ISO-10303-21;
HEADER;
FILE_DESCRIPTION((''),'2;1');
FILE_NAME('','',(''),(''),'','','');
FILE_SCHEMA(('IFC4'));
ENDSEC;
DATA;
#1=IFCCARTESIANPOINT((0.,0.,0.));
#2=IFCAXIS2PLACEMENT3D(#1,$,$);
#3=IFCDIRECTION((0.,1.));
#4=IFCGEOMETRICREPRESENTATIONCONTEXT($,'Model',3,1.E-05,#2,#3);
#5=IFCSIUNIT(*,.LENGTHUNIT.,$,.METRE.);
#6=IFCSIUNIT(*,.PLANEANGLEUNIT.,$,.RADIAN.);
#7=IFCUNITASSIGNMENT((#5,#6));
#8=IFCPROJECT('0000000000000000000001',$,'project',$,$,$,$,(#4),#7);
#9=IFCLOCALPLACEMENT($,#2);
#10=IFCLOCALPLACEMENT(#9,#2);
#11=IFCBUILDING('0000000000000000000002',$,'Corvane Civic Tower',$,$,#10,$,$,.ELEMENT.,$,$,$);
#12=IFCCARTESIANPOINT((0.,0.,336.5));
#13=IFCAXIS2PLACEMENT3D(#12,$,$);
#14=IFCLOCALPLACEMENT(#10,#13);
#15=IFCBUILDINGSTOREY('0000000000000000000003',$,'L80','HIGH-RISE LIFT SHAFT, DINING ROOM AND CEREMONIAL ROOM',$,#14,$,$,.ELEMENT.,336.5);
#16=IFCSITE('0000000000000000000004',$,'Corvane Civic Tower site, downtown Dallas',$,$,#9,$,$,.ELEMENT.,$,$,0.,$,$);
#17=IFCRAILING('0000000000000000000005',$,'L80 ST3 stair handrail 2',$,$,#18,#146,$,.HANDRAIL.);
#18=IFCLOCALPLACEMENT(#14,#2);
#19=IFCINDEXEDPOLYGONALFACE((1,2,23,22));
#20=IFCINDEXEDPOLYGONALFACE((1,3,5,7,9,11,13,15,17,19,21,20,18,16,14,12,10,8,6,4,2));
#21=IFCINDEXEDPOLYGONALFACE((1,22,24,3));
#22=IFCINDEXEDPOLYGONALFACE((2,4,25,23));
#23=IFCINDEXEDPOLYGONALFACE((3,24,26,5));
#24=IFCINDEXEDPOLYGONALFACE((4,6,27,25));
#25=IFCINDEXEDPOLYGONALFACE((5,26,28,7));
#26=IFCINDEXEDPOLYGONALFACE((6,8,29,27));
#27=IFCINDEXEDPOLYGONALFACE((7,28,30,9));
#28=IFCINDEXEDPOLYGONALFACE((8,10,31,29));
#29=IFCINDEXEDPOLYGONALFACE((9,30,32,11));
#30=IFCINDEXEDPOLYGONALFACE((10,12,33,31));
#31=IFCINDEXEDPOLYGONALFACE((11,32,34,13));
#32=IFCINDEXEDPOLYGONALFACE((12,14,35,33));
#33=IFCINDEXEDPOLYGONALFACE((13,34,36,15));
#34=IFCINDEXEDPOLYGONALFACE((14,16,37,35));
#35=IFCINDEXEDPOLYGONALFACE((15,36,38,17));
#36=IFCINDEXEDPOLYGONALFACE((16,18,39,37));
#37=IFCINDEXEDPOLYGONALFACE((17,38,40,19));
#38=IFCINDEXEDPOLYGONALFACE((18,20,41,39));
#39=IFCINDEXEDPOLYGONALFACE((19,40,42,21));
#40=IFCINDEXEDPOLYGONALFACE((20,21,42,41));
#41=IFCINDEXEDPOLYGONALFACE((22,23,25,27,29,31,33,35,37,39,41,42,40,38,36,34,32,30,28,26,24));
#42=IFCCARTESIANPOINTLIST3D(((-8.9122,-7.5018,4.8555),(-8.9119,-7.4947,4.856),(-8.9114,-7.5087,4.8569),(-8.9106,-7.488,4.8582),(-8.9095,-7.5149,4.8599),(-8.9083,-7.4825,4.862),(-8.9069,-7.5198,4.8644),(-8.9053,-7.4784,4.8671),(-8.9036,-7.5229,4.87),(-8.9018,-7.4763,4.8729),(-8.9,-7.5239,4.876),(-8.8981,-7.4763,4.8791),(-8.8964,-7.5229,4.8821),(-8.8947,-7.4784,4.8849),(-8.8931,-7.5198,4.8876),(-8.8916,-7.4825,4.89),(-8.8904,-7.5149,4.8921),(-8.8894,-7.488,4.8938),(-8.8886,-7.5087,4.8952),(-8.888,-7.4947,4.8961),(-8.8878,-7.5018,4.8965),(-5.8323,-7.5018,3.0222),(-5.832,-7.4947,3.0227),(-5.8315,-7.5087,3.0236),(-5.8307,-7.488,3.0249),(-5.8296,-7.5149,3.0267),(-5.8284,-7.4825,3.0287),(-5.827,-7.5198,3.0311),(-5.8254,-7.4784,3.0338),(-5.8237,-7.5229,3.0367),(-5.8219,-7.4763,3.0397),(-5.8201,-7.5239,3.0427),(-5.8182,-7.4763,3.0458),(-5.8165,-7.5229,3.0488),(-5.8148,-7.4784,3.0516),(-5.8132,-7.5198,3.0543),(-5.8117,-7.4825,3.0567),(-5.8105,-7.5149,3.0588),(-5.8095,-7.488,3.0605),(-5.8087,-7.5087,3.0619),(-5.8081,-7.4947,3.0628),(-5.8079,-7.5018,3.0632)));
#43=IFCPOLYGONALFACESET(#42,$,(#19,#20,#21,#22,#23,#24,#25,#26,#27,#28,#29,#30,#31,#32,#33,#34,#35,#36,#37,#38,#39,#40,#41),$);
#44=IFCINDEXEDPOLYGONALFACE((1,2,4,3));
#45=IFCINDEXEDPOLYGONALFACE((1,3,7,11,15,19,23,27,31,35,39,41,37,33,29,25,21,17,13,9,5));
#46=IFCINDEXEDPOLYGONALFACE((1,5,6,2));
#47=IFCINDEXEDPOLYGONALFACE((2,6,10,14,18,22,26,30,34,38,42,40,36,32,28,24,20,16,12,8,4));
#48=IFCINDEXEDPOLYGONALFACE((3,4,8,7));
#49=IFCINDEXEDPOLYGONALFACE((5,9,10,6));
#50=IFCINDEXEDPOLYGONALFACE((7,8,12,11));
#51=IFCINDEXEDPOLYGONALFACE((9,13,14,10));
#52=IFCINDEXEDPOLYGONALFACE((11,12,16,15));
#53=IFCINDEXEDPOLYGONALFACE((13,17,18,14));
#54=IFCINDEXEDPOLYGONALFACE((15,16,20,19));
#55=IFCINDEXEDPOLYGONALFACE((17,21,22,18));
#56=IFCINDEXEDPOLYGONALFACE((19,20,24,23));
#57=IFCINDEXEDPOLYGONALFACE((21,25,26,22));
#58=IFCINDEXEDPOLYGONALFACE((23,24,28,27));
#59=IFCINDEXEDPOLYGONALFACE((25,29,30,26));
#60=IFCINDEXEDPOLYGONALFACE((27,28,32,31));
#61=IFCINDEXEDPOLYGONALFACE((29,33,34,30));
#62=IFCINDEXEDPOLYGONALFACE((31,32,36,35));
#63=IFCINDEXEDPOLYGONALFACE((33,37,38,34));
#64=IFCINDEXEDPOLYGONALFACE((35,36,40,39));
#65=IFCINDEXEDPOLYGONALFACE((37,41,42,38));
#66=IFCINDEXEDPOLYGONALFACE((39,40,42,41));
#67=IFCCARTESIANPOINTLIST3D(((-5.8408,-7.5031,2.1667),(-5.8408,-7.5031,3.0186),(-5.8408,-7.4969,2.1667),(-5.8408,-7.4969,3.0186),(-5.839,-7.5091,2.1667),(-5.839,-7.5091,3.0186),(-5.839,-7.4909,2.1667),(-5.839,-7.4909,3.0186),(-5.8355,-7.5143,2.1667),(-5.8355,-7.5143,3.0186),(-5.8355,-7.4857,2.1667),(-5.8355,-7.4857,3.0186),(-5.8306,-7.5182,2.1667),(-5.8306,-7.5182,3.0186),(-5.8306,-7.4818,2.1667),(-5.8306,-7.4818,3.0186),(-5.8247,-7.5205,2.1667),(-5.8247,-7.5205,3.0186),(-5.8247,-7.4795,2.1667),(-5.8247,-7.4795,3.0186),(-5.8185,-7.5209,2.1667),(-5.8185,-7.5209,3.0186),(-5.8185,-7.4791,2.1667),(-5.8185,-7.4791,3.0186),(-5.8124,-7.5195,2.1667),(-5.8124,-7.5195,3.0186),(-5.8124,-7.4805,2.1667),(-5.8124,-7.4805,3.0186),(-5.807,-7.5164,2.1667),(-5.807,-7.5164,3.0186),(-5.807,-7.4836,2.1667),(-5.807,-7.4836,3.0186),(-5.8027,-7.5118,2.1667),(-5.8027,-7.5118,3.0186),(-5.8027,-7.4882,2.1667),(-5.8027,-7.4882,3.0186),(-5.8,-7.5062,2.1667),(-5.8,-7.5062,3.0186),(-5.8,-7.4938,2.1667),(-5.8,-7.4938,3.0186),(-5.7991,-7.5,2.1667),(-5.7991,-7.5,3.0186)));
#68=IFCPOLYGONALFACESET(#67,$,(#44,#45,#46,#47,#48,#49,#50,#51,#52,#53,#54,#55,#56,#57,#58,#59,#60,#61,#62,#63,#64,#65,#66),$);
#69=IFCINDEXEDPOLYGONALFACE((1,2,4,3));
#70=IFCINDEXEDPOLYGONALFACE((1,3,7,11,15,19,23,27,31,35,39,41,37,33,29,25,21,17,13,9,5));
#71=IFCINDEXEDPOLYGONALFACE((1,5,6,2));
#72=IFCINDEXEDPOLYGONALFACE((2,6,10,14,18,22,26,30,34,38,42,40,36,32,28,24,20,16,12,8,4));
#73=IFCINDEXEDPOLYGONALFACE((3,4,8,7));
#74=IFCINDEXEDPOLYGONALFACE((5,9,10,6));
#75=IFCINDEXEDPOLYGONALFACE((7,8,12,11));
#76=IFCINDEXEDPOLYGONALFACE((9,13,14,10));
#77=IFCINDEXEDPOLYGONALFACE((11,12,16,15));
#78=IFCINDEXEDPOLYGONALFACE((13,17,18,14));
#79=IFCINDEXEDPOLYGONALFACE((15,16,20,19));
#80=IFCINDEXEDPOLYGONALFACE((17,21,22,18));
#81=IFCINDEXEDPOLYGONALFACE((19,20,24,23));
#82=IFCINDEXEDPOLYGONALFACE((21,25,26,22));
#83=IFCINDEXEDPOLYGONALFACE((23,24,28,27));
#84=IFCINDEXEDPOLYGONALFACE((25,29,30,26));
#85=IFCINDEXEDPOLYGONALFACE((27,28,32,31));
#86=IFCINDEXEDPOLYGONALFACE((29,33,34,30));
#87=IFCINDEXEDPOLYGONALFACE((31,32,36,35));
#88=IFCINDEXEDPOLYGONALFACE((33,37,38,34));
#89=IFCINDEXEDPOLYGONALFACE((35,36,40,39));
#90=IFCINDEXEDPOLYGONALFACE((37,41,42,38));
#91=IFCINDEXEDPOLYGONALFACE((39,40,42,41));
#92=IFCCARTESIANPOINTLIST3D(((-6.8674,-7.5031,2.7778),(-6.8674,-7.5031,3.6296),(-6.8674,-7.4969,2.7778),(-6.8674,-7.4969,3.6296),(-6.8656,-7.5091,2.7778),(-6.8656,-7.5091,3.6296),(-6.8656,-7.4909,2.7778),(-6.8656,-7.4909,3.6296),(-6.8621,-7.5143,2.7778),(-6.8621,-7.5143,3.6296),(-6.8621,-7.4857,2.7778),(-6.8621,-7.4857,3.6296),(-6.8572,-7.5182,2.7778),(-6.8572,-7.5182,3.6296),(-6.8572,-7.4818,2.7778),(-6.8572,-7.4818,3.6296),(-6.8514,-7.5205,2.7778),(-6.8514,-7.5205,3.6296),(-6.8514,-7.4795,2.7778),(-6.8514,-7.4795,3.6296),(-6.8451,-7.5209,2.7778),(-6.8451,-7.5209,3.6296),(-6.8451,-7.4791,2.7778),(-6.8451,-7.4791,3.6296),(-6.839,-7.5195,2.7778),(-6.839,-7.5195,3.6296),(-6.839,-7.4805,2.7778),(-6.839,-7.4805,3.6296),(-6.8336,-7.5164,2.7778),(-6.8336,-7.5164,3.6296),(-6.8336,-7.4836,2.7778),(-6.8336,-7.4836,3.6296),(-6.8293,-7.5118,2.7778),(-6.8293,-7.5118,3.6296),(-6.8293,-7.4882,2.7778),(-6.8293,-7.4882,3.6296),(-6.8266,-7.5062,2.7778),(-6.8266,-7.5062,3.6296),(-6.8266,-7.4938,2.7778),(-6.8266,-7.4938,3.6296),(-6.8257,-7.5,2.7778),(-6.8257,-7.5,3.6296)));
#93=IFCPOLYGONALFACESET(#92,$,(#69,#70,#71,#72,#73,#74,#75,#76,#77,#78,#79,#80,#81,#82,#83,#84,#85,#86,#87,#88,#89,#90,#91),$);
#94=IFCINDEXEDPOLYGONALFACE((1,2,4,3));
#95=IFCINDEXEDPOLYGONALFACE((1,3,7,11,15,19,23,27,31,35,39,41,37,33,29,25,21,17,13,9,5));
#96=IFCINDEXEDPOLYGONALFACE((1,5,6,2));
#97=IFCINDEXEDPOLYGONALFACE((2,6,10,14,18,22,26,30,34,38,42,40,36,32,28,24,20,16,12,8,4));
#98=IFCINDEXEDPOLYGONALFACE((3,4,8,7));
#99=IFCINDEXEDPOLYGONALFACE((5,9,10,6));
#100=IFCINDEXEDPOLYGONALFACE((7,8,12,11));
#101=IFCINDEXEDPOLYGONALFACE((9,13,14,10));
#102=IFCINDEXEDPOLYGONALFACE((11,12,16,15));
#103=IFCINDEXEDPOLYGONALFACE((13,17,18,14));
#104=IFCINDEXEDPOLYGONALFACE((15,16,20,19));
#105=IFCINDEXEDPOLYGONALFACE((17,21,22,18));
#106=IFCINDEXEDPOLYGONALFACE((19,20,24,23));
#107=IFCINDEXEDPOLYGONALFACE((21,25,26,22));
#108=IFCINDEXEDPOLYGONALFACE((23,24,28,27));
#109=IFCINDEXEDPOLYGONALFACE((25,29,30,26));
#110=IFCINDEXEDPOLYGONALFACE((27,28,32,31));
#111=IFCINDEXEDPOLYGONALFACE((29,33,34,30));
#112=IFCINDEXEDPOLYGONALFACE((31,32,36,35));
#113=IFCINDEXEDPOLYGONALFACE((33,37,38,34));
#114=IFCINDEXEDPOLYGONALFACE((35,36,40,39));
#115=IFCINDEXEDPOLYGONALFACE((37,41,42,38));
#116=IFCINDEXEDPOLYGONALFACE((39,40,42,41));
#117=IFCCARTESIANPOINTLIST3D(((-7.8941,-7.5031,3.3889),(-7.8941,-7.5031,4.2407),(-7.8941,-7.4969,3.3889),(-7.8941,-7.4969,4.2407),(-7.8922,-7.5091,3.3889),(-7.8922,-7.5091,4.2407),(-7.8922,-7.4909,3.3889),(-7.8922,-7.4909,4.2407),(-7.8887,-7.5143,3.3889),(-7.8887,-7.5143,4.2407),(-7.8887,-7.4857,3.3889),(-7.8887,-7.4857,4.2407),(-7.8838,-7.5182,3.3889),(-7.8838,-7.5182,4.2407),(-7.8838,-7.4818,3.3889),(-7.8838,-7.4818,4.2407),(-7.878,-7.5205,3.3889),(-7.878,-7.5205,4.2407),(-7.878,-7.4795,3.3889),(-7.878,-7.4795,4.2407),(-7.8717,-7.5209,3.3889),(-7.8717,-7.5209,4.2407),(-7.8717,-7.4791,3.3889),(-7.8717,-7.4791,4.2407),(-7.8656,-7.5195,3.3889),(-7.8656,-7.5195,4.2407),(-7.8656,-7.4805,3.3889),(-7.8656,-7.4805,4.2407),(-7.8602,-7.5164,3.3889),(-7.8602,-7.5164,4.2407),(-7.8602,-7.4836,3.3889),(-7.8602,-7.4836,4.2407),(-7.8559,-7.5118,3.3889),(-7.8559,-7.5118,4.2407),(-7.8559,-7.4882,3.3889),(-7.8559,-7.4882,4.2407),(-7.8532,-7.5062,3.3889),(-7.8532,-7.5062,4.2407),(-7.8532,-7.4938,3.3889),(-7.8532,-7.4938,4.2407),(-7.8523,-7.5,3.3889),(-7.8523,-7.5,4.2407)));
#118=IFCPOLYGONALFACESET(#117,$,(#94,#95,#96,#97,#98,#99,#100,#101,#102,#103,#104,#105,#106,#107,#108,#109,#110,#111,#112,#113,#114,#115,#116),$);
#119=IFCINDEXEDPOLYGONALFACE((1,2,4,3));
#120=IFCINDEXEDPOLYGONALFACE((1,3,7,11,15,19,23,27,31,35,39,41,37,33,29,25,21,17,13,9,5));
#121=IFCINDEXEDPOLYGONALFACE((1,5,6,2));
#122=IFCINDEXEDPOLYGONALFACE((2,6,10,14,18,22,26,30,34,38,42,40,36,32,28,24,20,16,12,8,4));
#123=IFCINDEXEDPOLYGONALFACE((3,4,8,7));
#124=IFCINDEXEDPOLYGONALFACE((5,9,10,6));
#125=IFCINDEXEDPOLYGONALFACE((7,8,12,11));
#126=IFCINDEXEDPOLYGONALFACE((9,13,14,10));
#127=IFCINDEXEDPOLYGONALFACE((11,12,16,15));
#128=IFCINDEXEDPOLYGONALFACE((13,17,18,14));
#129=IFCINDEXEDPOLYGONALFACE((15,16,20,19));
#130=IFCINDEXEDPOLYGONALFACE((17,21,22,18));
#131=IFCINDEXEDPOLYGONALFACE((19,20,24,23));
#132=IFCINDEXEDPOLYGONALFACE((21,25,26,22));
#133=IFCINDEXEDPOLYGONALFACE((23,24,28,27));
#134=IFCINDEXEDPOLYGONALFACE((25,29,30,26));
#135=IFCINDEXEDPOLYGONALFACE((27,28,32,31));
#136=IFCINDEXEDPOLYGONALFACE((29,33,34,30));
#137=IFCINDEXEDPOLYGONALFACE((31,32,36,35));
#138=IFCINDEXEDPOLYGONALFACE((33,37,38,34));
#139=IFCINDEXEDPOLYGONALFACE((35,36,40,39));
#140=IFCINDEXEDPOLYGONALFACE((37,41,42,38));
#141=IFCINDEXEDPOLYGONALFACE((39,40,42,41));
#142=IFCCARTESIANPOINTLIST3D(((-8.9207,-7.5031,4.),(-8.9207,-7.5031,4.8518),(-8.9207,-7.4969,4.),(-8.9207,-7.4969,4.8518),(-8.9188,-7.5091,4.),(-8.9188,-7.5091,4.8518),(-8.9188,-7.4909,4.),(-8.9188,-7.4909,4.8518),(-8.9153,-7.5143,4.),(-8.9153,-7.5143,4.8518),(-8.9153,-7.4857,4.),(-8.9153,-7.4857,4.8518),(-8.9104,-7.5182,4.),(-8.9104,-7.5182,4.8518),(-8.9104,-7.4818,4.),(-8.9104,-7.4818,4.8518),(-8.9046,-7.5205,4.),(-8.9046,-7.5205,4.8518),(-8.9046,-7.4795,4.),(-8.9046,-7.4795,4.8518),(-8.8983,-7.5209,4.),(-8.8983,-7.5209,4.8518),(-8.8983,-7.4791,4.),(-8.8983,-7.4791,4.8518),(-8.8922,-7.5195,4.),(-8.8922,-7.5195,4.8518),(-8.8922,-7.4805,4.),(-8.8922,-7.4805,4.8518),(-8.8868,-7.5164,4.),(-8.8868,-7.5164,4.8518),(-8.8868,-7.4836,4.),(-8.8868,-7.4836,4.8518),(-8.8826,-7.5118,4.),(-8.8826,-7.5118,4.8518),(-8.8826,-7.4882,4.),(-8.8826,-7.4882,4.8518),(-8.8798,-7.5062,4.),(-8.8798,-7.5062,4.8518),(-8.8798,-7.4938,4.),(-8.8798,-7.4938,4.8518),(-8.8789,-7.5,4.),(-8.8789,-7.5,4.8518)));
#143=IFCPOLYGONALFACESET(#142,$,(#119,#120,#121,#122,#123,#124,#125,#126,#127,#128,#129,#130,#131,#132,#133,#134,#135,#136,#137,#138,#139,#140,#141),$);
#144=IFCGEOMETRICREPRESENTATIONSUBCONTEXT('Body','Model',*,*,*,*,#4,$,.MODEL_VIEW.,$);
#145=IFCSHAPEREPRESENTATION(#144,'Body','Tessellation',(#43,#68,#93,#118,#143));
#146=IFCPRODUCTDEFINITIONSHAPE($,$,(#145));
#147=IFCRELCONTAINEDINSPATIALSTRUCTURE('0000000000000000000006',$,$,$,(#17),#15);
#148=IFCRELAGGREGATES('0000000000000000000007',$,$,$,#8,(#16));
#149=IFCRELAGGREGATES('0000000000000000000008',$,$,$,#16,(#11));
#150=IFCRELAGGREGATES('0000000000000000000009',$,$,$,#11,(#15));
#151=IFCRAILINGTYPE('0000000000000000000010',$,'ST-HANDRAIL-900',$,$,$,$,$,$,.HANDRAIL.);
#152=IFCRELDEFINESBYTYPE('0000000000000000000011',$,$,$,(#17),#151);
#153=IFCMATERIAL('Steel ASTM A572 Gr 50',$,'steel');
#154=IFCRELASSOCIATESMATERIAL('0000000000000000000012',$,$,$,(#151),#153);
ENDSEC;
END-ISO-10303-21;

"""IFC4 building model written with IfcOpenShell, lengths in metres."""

from ifc_helpers import new_model, si_unit, direction, frame, origin, origin_2d, place, context, subcontext, project, spatial, circle, extrude, material, type_object, element, save


model = new_model("IFC4")

# Units and contexts
model_context = context("Model", 3, precision=1e-05, world=origin(), true_north=direction((0.0, 1.0)))
body_context = subcontext(model_context, "Body", "Model", "MODEL_VIEW")
ifc_project = project(units=[si_unit("LENGTHUNIT", "METRE"), si_unit("PLANEANGLEUNIT", "RADIAN")], contexts=[model_context])

# Site, building, storey
site_placement = place(None, origin())
site = spatial("IfcSite", under=ifc_project, at=site_placement, Name="Corvane Civic Tower site, downtown Dallas", CompositionType="ELEMENT", RefElevation=0.0)
building_placement = place(site_placement, origin())
building = spatial("IfcBuilding", under=site, at=building_placement, Name="Corvane Civic Tower", CompositionType="ELEMENT")
storey_placement = place(building_placement, frame((0.0, 0.0, 336.5)))
storey = spatial("IfcBuildingStorey", under=building, at=storey_placement, Name="L80", Description="HIGH-RISE LIFT SHAFT, DINING ROOM AND CEREMONIAL ROOM", CompositionType="ELEMENT", Elevation=336.5)

# Railing
ifc_material_1 = material(Name="Steel ASTM A572 Gr 50", Category="steel")
railing_type_1 = type_object("IfcRailingType", Name="ST-HANDRAIL-900", PredefinedType="HANDRAIL", material=ifc_material_1)
railing_1_placement = place(storey_placement, frame((-5.8201, -7.5, 2.1667)))
element("IfcRailing", 1, at=railing_1_placement, inside=storey, type_object=railing_type_1, Name="L80 ST3 stair handrail 2", PredefinedType="HANDRAIL", context=body_context, shape_type="SweptSolid", body=[
    extrude(circle(Radius=0.0239, at=origin_2d()), frame((0.0, 0.0, 0.876), z_axis=(-0.859291, 0.0, 0.511487), x_axis=(0.0, -1.0, 0.0)), (0.0, 0.0, 1.0), 3.5842),
    extrude(circle(Radius=0.021, at=origin_2d()), origin(), (0.0, 0.0, 1.0), 0.8518),
    extrude(circle(Radius=0.021, at=origin_2d()), frame((-1.0266, 0.0, 0.6111)), (0.0, 0.0, 1.0), 0.8518),
    extrude(circle(Radius=0.021, at=origin_2d()), frame((-2.0532, 0.0, 1.2222)), (0.0, 0.0, 1.0), 0.8518),
    extrude(circle(Radius=0.021, at=origin_2d()), frame((-3.0798, 0.0, 1.8333)), (0.0, 0.0, 1.0), 0.8518),
])

save(model, "model.ifc")
